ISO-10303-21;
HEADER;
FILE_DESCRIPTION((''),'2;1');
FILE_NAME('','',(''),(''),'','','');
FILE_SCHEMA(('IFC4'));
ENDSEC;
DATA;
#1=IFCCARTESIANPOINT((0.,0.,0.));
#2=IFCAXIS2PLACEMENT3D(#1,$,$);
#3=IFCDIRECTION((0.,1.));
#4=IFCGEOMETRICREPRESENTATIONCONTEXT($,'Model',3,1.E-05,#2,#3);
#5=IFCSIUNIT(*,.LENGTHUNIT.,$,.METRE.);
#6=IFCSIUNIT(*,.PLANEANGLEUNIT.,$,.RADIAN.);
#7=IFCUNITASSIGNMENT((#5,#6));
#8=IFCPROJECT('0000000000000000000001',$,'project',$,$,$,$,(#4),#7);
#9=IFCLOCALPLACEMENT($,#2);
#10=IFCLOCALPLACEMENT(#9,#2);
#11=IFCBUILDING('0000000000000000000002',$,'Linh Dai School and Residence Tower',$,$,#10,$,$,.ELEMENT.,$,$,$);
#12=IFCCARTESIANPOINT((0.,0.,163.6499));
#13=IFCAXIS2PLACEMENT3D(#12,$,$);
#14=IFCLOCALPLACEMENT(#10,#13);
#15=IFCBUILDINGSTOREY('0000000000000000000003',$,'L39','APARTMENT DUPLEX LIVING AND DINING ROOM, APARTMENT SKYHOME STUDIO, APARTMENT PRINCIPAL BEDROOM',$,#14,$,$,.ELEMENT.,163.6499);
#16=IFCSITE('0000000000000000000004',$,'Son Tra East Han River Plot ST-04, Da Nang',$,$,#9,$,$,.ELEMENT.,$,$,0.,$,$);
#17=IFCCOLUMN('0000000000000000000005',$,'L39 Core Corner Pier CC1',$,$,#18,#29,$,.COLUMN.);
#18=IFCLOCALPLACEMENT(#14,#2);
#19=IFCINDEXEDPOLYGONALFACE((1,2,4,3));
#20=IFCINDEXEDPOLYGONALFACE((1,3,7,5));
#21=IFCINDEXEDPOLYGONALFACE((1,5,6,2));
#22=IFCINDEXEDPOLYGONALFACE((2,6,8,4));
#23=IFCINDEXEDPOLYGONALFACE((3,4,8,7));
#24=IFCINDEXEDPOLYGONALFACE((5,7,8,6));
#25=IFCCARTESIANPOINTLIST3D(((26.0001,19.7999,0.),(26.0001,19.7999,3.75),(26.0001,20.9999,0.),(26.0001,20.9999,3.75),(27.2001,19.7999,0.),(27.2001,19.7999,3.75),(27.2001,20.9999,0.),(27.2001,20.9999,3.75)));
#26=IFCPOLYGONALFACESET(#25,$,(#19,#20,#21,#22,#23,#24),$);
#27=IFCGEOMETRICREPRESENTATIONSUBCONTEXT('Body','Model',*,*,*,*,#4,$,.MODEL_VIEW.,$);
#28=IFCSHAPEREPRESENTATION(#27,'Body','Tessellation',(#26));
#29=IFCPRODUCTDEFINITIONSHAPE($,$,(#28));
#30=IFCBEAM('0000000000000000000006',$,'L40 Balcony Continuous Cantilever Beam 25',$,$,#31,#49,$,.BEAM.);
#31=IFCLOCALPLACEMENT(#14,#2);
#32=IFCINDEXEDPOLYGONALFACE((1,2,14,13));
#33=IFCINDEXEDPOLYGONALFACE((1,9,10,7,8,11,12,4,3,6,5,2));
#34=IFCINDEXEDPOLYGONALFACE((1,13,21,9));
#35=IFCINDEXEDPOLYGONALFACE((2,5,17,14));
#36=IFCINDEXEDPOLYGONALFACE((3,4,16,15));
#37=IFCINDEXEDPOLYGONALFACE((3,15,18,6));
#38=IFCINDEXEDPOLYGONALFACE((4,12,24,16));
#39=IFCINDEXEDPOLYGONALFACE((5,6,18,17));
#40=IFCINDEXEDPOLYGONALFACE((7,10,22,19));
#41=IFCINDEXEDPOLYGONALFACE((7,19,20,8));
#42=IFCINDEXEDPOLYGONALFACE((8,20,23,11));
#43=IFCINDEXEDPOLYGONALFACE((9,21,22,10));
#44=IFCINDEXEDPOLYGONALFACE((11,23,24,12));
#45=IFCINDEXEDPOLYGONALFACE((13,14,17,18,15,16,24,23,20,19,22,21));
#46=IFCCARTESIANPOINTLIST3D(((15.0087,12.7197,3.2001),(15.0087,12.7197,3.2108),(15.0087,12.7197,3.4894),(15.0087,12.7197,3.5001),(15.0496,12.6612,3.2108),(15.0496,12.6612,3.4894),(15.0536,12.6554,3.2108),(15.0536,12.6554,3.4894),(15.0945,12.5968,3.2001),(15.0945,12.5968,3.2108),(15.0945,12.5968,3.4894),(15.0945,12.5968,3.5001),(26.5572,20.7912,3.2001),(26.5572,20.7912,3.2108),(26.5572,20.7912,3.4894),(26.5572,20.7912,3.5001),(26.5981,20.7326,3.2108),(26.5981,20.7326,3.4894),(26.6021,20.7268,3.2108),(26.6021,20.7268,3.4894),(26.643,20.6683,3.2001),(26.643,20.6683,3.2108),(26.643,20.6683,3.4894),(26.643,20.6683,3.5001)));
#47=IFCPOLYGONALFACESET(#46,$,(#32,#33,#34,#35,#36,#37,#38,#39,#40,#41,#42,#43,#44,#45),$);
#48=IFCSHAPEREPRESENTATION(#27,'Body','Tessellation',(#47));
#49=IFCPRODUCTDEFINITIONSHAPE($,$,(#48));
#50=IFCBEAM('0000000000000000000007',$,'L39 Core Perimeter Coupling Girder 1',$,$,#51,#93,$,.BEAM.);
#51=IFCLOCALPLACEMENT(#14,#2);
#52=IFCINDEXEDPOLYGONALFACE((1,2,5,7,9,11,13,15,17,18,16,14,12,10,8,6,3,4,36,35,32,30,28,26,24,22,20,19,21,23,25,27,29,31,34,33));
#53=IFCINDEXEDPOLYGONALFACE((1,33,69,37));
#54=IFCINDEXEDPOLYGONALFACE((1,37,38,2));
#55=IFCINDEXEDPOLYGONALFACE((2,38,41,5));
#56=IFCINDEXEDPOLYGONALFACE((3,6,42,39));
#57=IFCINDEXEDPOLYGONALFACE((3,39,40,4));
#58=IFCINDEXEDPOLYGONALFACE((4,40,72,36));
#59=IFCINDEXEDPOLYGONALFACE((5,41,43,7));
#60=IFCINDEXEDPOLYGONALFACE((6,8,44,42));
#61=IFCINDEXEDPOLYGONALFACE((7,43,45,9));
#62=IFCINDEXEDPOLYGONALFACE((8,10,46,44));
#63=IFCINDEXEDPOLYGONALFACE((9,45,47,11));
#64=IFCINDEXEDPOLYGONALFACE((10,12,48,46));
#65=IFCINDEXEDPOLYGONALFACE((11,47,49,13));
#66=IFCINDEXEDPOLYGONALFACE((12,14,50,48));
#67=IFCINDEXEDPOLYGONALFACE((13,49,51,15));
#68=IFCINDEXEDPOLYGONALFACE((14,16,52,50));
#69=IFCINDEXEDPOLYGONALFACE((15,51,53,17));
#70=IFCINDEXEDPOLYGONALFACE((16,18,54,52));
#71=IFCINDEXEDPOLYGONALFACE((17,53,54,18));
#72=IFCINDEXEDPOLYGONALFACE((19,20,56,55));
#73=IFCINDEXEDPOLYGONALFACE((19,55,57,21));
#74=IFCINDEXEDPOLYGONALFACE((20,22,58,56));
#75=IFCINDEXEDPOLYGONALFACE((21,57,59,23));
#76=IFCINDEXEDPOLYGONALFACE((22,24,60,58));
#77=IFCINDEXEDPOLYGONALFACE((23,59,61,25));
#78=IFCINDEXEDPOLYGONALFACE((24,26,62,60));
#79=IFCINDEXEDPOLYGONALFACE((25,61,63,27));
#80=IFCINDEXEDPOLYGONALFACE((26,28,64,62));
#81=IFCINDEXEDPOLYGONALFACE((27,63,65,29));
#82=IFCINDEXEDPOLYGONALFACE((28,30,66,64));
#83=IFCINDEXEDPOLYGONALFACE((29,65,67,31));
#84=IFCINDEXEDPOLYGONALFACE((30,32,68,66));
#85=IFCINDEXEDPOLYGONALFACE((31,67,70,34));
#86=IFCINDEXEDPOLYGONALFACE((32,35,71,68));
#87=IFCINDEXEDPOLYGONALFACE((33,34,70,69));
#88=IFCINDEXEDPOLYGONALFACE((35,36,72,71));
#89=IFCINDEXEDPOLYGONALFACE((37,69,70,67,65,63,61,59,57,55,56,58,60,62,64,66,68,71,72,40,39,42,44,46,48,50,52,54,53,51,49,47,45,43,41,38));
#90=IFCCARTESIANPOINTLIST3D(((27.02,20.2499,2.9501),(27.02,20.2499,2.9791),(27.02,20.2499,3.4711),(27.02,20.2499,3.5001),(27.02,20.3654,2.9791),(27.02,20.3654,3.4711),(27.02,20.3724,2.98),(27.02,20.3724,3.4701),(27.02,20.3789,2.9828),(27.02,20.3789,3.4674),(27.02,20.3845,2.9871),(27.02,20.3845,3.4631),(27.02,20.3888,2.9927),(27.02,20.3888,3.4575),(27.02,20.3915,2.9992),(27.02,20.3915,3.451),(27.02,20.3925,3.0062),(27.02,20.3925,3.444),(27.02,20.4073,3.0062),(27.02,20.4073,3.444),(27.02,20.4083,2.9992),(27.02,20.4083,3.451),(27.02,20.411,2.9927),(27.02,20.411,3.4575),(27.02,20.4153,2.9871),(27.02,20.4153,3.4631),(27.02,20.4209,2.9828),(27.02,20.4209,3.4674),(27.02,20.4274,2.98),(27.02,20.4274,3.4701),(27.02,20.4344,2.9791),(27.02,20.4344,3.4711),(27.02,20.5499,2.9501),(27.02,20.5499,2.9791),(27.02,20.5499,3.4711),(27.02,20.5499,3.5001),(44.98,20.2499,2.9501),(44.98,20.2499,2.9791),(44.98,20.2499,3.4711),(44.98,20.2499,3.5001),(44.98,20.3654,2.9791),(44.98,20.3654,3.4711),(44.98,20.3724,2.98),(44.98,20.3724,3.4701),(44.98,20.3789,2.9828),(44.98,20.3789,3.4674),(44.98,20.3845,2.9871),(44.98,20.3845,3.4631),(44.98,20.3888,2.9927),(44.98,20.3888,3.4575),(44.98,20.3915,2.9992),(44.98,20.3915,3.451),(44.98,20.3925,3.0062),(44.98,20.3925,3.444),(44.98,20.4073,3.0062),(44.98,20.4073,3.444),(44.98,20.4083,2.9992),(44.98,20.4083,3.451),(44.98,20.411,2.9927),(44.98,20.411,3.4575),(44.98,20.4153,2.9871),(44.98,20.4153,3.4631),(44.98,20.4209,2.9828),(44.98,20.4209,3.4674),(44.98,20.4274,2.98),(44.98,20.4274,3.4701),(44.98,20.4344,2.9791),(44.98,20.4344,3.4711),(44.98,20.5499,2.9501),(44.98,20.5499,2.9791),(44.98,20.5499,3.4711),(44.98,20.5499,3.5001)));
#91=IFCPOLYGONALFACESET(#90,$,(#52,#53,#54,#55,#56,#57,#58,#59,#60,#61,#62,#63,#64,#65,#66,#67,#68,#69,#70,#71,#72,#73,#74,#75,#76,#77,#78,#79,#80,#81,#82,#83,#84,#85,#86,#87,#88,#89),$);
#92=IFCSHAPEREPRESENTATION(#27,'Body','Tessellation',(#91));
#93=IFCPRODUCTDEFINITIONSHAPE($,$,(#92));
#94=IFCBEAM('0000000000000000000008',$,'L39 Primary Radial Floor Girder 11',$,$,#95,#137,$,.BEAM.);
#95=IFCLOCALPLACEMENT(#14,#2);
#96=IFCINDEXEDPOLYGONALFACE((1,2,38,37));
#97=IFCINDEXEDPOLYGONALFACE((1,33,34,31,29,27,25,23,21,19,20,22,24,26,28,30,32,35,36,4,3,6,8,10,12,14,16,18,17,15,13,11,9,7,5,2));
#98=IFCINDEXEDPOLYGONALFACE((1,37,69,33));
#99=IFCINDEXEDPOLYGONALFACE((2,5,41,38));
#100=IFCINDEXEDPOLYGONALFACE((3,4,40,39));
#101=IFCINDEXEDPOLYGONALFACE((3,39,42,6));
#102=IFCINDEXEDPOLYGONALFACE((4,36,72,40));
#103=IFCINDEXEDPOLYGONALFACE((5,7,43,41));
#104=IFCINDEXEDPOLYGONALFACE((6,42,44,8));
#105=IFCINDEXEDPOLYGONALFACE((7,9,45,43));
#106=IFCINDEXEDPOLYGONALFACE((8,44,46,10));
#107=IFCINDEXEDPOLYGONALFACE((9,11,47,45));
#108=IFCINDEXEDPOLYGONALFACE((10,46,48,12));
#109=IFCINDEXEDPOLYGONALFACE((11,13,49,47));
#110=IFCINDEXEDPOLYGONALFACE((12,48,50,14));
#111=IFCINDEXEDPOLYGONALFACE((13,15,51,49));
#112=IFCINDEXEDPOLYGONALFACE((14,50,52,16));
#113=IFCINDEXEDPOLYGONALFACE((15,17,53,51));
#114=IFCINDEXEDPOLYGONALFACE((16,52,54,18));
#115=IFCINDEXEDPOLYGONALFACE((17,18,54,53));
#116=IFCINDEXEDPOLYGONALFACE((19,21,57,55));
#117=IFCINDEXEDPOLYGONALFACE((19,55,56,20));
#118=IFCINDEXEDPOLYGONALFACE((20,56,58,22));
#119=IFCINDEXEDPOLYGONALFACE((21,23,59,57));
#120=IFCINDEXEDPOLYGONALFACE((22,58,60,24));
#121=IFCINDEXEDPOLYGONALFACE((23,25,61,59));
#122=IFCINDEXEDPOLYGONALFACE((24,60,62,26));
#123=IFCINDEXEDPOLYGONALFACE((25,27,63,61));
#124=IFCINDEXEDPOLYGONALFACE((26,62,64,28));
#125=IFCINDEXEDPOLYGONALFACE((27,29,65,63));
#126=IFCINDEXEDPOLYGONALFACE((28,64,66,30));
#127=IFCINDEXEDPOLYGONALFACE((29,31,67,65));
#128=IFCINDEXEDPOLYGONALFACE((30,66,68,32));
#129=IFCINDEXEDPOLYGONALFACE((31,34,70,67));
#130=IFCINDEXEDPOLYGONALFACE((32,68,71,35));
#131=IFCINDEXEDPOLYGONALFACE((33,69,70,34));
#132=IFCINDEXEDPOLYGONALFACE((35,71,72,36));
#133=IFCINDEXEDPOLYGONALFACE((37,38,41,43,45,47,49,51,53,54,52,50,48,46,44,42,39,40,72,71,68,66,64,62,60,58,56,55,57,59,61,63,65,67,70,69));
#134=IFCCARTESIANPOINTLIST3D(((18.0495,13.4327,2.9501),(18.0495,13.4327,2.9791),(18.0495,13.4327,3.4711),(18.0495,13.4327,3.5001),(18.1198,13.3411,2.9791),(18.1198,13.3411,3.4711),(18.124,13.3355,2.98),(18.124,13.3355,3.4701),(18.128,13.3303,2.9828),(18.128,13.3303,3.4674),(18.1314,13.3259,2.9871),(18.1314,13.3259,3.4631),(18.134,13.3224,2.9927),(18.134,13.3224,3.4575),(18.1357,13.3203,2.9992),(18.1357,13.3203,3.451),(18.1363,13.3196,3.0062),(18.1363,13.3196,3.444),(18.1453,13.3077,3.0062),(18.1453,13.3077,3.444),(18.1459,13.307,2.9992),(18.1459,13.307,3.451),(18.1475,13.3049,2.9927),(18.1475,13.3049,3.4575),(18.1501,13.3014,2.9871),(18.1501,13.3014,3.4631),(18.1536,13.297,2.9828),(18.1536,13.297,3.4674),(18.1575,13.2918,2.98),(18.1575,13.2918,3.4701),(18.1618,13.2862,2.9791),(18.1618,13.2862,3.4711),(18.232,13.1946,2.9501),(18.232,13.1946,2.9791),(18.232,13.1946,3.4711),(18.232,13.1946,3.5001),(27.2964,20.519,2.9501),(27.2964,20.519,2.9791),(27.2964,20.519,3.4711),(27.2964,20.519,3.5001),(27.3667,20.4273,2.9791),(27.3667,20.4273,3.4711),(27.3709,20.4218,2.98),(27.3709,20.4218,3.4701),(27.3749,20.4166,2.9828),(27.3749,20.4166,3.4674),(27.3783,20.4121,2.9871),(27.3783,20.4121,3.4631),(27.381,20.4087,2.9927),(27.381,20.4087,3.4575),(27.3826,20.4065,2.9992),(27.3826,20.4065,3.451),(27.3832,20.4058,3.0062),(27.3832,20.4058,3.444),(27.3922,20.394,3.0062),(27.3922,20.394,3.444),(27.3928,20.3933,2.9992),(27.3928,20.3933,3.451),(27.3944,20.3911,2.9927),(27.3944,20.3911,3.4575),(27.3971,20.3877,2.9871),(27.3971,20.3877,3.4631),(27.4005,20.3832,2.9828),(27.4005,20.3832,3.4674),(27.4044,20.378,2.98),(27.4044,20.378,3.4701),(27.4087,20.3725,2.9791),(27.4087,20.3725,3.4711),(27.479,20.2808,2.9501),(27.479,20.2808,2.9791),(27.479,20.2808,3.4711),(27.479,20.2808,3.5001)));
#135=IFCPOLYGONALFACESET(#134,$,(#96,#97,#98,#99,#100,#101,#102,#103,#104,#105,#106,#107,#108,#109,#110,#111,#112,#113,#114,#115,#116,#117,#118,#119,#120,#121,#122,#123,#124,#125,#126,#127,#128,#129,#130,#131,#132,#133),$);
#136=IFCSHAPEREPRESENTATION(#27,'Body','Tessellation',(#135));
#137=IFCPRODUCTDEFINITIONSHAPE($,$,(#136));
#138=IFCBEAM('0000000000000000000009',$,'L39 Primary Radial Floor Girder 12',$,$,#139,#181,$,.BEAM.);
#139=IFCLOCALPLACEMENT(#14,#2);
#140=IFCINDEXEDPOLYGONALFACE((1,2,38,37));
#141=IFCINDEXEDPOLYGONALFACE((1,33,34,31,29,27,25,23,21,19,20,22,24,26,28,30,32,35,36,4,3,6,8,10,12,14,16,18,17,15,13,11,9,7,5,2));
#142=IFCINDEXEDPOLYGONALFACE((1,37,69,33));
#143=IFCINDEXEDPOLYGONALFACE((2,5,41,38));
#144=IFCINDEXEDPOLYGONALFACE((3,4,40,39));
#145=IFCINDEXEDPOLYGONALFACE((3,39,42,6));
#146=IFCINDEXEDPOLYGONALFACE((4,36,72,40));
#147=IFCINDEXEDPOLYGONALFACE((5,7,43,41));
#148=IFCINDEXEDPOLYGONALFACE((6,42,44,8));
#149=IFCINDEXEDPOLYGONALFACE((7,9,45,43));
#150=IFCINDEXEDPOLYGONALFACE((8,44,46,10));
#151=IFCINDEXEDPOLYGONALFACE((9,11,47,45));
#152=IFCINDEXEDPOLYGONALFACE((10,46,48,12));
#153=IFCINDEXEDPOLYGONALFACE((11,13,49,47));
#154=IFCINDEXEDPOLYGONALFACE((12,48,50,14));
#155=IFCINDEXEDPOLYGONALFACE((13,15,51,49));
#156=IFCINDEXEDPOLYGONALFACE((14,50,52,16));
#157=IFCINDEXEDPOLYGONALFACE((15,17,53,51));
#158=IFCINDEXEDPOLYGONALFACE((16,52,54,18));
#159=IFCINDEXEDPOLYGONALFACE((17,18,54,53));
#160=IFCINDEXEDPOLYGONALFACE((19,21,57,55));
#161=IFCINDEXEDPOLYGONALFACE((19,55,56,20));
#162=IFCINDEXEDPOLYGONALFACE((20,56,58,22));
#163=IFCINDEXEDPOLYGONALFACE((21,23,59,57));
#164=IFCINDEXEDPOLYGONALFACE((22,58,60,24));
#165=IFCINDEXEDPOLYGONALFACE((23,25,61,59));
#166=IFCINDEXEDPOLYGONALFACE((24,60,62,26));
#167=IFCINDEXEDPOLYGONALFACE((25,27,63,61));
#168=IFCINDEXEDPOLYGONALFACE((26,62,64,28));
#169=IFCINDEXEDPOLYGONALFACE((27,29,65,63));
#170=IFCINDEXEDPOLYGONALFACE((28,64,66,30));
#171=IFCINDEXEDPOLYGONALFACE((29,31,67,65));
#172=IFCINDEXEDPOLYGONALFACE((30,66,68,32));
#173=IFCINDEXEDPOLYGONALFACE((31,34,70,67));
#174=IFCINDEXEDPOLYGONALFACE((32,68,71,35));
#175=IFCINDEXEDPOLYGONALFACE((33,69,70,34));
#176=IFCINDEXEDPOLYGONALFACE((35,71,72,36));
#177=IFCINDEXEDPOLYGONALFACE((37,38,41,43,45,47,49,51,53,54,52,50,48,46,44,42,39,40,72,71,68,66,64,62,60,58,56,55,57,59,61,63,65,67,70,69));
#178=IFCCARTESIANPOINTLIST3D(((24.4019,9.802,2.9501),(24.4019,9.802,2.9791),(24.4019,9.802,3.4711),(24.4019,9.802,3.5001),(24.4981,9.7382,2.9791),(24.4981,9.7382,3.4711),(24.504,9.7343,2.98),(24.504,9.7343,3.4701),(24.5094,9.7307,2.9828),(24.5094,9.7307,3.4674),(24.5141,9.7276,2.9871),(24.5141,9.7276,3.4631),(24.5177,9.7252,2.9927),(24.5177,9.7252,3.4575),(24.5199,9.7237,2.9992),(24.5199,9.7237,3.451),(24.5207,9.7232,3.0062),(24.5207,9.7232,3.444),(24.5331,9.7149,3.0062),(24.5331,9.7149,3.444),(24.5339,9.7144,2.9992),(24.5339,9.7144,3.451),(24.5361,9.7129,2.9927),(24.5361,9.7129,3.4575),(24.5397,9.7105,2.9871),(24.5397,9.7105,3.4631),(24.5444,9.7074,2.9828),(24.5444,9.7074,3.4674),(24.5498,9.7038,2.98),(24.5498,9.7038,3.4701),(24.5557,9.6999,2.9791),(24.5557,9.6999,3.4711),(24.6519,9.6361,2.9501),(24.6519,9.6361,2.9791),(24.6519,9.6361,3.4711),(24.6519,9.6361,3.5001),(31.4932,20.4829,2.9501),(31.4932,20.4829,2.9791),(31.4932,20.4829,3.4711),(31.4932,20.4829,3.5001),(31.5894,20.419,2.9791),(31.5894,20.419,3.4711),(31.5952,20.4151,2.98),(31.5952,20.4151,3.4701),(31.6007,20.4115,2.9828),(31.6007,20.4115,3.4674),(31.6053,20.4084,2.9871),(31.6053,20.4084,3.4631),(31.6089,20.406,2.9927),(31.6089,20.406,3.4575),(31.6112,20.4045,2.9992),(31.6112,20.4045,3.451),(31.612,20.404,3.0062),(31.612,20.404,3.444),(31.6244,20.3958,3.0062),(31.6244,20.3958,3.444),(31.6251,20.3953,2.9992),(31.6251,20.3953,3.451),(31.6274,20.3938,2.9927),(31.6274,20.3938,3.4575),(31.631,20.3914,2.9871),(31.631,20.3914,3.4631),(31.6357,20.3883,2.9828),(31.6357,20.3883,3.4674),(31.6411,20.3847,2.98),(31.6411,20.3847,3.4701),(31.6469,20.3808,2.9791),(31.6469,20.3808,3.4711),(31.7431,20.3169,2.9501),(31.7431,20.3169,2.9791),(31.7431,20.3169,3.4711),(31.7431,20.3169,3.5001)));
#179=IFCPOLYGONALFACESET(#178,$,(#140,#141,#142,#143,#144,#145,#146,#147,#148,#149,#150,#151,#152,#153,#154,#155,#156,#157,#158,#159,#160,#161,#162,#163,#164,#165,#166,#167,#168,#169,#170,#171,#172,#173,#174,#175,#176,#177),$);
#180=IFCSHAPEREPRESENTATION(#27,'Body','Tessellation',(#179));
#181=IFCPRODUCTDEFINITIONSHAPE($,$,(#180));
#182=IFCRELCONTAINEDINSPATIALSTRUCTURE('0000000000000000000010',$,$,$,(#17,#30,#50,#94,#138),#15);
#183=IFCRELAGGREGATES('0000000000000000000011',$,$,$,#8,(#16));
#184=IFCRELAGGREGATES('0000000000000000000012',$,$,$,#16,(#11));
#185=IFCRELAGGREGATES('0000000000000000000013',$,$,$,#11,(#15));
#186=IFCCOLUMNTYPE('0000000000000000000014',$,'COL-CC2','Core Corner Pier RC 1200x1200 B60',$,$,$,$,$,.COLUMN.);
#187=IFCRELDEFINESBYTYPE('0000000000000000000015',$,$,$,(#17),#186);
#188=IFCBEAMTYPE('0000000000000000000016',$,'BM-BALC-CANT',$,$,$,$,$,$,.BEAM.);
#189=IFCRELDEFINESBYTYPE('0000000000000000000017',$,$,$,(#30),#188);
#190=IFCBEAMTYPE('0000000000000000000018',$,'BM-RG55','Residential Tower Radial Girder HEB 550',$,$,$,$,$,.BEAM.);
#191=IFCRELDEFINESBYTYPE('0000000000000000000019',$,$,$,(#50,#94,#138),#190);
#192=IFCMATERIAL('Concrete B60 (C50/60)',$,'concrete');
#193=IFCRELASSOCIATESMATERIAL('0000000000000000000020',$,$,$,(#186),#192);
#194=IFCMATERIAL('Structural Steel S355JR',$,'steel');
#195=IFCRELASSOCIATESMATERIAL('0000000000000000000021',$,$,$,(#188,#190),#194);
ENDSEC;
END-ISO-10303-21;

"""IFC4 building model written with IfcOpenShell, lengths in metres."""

from ifc_helpers import new_model, si_unit, direction, frame, origin, origin_2d, place, context, subcontext, project, spatial, rectangle, i_section, extrude, material, material_profile, profile_set, type_object, element, save


model = new_model("IFC4")

# Units and contexts
model_context = context("Model", 3, precision=1e-05, world=origin(), true_north=direction((0.0, 1.0)))
body_context = subcontext(model_context, "Body", "Model", "MODEL_VIEW")
ifc_project = project(units=[si_unit("LENGTHUNIT", "METRE"), si_unit("PLANEANGLEUNIT", "RADIAN")], contexts=[model_context])

# Site, building, storey
site_placement = place(None, origin())
site = spatial("IfcSite", under=ifc_project, at=site_placement, Name="Son Tra East Han River Plot ST-04, Da Nang", CompositionType="ELEMENT", RefElevation=0.0)
building_placement = place(site_placement, origin())
building = spatial("IfcBuilding", under=site, at=building_placement, Name="Linh Dai School and Residence Tower", CompositionType="ELEMENT")
storey_placement = place(building_placement, frame((0.0, 0.0, 163.6499)))
storey = spatial("IfcBuildingStorey", under=building, at=storey_placement, Name="L39", Description="APARTMENT DUPLEX LIVING AND DINING ROOM, APARTMENT SKYHOME STUDIO, APARTMENT PRINCIPAL BEDROOM", CompositionType="ELEMENT", Elevation=163.6499)

# Column
ifc_material_1 = material(Name="Concrete B60 (C50/60)", Category="concrete")
ifc_material_profile_1 = material_profile(ifc_material_1, rectangle(XDim=1.2, YDim=1.2, at=origin_2d()), Name="RC 1200x1200")
ifc_profile_set_1 = profile_set([ifc_material_profile_1], Name="Concrete B60 (C50/60)")
column_type = type_object("IfcColumnType", Name="COL-CC2", Description="Core Corner Pier RC 1200x1200 B60", PredefinedType="COLUMN", material=ifc_profile_set_1)
column_placement = place(storey_placement, frame((26.6001, 20.3999, 0.0), z_axis=(0.0, 0.0, 1.0), x_axis=(1.0, 0.0, 0.0)))
element("IfcColumn", 1, at=column_placement, inside=storey, type_object=column_type, Name="L39 Core Corner Pier CC1", PredefinedType="COLUMN", context=body_context, shape_type="SweptSolid", body=[
    extrude(rectangle(XDim=1.2, YDim=1.2, at=origin_2d()), origin(), (0.0, 0.0, 1.0), 3.75),
])

# Beams
ifc_material_2 = material(Name="Structural Steel S355JR", Category="steel")
ifc_material_profile_2 = material_profile(ifc_material_2, i_section(OverallWidth=0.1499, OverallDepth=0.3, WebThickness=0.0071, FlangeThickness=0.0107, at=origin_2d()), Name="IPE 300")
ifc_profile_set_2 = profile_set([ifc_material_profile_2], Name="Structural Steel S355JR")
beam_type_1 = type_object("IfcBeamType", Name="BM-BALC-CANT", PredefinedType="BEAM", material=ifc_profile_set_2)
beam_1_placement = place(storey_placement, frame((26.6001, 20.7297, 3.3501), z_axis=(-0.819648, -0.572868, 0.0), x_axis=(0.572868, -0.819648, 0.0)))
element("IfcBeam", 2, at=beam_1_placement, inside=storey, type_object=beam_type_1, Name="L40 Balcony Continuous Cantilever Beam 25", PredefinedType="BEAM", context=body_context, shape_type="SweptSolid", body=[
    extrude(i_section(OverallWidth=0.1499, OverallDepth=0.3, WebThickness=0.0071, FlangeThickness=0.0107, at=origin_2d()), origin(), (0.0, 0.0, 1.0), 14.0896),
])
ifc_material_profile_3 = material_profile(ifc_material_2, i_section(OverallWidth=0.3, OverallDepth=0.55, WebThickness=0.0149, FlangeThickness=0.0291, FilletRadius=0.0271, at=origin_2d()), Name="HEB 550")
ifc_profile_set_3 = profile_set([ifc_material_profile_3], Name="Structural Steel S355JR")
beam_type_2 = type_object("IfcBeamType", Name="BM-RG55", Description="Residential Tower Radial Girder HEB 550", PredefinedType="BEAM", material=ifc_profile_set_3)
beam_2_placement = place(storey_placement, frame((27.02, 20.3999, 3.2251), z_axis=(1.0, 0.0, 0.0), x_axis=(0.0, 1.0, 0.0)))
element("IfcBeam", 3, at=beam_2_placement, inside=storey, type_object=beam_type_2, Name="L39 Core Perimeter Coupling Girder 1", PredefinedType="BEAM", context=body_context, shape_type="SweptSolid", body=[
    extrude(i_section(OverallWidth=0.3, OverallDepth=0.55, WebThickness=0.0149, FlangeThickness=0.0291, FilletRadius=0.0271, at=origin_2d()), origin(), (0.0, 0.0, 1.0), 17.96),
])
beam_3_placement = place(storey_placement, frame((27.3877, 20.3999, 3.2251), z_axis=(-0.793733, -0.608267, 0.0), x_axis=(0.608267, -0.793733, 0.0)))
element("IfcBeam", 4, at=beam_3_placement, inside=storey, type_object=beam_type_2, Name="L39 Primary Radial Floor Girder 11", PredefinedType="BEAM", context=body_context, shape_type="SweptSolid", body=[
    extrude(i_section(OverallWidth=0.3, OverallDepth=0.55, WebThickness=0.0149, FlangeThickness=0.0291, FilletRadius=0.0271, at=origin_2d()), origin(), (0.0, 0.0, 1.0), 11.6499),
])
beam_4_placement = place(storey_placement, frame((31.6182, 20.3999, 3.2251), z_axis=(-0.553117, -0.833103, 0.0), x_axis=(0.833103, -0.553117, 0.0)))
element("IfcBeam", 5, at=beam_4_placement, inside=storey, type_object=beam_type_2, Name="L39 Primary Radial Floor Girder 12", PredefinedType="BEAM", context=body_context, shape_type="SweptSolid", body=[
    extrude(i_section(OverallWidth=0.3, OverallDepth=0.55, WebThickness=0.0149, FlangeThickness=0.0291, FilletRadius=0.0271, at=origin_2d()), origin(), (0.0, 0.0, 1.0), 12.8206),
])

save(model, "model.ifc")
